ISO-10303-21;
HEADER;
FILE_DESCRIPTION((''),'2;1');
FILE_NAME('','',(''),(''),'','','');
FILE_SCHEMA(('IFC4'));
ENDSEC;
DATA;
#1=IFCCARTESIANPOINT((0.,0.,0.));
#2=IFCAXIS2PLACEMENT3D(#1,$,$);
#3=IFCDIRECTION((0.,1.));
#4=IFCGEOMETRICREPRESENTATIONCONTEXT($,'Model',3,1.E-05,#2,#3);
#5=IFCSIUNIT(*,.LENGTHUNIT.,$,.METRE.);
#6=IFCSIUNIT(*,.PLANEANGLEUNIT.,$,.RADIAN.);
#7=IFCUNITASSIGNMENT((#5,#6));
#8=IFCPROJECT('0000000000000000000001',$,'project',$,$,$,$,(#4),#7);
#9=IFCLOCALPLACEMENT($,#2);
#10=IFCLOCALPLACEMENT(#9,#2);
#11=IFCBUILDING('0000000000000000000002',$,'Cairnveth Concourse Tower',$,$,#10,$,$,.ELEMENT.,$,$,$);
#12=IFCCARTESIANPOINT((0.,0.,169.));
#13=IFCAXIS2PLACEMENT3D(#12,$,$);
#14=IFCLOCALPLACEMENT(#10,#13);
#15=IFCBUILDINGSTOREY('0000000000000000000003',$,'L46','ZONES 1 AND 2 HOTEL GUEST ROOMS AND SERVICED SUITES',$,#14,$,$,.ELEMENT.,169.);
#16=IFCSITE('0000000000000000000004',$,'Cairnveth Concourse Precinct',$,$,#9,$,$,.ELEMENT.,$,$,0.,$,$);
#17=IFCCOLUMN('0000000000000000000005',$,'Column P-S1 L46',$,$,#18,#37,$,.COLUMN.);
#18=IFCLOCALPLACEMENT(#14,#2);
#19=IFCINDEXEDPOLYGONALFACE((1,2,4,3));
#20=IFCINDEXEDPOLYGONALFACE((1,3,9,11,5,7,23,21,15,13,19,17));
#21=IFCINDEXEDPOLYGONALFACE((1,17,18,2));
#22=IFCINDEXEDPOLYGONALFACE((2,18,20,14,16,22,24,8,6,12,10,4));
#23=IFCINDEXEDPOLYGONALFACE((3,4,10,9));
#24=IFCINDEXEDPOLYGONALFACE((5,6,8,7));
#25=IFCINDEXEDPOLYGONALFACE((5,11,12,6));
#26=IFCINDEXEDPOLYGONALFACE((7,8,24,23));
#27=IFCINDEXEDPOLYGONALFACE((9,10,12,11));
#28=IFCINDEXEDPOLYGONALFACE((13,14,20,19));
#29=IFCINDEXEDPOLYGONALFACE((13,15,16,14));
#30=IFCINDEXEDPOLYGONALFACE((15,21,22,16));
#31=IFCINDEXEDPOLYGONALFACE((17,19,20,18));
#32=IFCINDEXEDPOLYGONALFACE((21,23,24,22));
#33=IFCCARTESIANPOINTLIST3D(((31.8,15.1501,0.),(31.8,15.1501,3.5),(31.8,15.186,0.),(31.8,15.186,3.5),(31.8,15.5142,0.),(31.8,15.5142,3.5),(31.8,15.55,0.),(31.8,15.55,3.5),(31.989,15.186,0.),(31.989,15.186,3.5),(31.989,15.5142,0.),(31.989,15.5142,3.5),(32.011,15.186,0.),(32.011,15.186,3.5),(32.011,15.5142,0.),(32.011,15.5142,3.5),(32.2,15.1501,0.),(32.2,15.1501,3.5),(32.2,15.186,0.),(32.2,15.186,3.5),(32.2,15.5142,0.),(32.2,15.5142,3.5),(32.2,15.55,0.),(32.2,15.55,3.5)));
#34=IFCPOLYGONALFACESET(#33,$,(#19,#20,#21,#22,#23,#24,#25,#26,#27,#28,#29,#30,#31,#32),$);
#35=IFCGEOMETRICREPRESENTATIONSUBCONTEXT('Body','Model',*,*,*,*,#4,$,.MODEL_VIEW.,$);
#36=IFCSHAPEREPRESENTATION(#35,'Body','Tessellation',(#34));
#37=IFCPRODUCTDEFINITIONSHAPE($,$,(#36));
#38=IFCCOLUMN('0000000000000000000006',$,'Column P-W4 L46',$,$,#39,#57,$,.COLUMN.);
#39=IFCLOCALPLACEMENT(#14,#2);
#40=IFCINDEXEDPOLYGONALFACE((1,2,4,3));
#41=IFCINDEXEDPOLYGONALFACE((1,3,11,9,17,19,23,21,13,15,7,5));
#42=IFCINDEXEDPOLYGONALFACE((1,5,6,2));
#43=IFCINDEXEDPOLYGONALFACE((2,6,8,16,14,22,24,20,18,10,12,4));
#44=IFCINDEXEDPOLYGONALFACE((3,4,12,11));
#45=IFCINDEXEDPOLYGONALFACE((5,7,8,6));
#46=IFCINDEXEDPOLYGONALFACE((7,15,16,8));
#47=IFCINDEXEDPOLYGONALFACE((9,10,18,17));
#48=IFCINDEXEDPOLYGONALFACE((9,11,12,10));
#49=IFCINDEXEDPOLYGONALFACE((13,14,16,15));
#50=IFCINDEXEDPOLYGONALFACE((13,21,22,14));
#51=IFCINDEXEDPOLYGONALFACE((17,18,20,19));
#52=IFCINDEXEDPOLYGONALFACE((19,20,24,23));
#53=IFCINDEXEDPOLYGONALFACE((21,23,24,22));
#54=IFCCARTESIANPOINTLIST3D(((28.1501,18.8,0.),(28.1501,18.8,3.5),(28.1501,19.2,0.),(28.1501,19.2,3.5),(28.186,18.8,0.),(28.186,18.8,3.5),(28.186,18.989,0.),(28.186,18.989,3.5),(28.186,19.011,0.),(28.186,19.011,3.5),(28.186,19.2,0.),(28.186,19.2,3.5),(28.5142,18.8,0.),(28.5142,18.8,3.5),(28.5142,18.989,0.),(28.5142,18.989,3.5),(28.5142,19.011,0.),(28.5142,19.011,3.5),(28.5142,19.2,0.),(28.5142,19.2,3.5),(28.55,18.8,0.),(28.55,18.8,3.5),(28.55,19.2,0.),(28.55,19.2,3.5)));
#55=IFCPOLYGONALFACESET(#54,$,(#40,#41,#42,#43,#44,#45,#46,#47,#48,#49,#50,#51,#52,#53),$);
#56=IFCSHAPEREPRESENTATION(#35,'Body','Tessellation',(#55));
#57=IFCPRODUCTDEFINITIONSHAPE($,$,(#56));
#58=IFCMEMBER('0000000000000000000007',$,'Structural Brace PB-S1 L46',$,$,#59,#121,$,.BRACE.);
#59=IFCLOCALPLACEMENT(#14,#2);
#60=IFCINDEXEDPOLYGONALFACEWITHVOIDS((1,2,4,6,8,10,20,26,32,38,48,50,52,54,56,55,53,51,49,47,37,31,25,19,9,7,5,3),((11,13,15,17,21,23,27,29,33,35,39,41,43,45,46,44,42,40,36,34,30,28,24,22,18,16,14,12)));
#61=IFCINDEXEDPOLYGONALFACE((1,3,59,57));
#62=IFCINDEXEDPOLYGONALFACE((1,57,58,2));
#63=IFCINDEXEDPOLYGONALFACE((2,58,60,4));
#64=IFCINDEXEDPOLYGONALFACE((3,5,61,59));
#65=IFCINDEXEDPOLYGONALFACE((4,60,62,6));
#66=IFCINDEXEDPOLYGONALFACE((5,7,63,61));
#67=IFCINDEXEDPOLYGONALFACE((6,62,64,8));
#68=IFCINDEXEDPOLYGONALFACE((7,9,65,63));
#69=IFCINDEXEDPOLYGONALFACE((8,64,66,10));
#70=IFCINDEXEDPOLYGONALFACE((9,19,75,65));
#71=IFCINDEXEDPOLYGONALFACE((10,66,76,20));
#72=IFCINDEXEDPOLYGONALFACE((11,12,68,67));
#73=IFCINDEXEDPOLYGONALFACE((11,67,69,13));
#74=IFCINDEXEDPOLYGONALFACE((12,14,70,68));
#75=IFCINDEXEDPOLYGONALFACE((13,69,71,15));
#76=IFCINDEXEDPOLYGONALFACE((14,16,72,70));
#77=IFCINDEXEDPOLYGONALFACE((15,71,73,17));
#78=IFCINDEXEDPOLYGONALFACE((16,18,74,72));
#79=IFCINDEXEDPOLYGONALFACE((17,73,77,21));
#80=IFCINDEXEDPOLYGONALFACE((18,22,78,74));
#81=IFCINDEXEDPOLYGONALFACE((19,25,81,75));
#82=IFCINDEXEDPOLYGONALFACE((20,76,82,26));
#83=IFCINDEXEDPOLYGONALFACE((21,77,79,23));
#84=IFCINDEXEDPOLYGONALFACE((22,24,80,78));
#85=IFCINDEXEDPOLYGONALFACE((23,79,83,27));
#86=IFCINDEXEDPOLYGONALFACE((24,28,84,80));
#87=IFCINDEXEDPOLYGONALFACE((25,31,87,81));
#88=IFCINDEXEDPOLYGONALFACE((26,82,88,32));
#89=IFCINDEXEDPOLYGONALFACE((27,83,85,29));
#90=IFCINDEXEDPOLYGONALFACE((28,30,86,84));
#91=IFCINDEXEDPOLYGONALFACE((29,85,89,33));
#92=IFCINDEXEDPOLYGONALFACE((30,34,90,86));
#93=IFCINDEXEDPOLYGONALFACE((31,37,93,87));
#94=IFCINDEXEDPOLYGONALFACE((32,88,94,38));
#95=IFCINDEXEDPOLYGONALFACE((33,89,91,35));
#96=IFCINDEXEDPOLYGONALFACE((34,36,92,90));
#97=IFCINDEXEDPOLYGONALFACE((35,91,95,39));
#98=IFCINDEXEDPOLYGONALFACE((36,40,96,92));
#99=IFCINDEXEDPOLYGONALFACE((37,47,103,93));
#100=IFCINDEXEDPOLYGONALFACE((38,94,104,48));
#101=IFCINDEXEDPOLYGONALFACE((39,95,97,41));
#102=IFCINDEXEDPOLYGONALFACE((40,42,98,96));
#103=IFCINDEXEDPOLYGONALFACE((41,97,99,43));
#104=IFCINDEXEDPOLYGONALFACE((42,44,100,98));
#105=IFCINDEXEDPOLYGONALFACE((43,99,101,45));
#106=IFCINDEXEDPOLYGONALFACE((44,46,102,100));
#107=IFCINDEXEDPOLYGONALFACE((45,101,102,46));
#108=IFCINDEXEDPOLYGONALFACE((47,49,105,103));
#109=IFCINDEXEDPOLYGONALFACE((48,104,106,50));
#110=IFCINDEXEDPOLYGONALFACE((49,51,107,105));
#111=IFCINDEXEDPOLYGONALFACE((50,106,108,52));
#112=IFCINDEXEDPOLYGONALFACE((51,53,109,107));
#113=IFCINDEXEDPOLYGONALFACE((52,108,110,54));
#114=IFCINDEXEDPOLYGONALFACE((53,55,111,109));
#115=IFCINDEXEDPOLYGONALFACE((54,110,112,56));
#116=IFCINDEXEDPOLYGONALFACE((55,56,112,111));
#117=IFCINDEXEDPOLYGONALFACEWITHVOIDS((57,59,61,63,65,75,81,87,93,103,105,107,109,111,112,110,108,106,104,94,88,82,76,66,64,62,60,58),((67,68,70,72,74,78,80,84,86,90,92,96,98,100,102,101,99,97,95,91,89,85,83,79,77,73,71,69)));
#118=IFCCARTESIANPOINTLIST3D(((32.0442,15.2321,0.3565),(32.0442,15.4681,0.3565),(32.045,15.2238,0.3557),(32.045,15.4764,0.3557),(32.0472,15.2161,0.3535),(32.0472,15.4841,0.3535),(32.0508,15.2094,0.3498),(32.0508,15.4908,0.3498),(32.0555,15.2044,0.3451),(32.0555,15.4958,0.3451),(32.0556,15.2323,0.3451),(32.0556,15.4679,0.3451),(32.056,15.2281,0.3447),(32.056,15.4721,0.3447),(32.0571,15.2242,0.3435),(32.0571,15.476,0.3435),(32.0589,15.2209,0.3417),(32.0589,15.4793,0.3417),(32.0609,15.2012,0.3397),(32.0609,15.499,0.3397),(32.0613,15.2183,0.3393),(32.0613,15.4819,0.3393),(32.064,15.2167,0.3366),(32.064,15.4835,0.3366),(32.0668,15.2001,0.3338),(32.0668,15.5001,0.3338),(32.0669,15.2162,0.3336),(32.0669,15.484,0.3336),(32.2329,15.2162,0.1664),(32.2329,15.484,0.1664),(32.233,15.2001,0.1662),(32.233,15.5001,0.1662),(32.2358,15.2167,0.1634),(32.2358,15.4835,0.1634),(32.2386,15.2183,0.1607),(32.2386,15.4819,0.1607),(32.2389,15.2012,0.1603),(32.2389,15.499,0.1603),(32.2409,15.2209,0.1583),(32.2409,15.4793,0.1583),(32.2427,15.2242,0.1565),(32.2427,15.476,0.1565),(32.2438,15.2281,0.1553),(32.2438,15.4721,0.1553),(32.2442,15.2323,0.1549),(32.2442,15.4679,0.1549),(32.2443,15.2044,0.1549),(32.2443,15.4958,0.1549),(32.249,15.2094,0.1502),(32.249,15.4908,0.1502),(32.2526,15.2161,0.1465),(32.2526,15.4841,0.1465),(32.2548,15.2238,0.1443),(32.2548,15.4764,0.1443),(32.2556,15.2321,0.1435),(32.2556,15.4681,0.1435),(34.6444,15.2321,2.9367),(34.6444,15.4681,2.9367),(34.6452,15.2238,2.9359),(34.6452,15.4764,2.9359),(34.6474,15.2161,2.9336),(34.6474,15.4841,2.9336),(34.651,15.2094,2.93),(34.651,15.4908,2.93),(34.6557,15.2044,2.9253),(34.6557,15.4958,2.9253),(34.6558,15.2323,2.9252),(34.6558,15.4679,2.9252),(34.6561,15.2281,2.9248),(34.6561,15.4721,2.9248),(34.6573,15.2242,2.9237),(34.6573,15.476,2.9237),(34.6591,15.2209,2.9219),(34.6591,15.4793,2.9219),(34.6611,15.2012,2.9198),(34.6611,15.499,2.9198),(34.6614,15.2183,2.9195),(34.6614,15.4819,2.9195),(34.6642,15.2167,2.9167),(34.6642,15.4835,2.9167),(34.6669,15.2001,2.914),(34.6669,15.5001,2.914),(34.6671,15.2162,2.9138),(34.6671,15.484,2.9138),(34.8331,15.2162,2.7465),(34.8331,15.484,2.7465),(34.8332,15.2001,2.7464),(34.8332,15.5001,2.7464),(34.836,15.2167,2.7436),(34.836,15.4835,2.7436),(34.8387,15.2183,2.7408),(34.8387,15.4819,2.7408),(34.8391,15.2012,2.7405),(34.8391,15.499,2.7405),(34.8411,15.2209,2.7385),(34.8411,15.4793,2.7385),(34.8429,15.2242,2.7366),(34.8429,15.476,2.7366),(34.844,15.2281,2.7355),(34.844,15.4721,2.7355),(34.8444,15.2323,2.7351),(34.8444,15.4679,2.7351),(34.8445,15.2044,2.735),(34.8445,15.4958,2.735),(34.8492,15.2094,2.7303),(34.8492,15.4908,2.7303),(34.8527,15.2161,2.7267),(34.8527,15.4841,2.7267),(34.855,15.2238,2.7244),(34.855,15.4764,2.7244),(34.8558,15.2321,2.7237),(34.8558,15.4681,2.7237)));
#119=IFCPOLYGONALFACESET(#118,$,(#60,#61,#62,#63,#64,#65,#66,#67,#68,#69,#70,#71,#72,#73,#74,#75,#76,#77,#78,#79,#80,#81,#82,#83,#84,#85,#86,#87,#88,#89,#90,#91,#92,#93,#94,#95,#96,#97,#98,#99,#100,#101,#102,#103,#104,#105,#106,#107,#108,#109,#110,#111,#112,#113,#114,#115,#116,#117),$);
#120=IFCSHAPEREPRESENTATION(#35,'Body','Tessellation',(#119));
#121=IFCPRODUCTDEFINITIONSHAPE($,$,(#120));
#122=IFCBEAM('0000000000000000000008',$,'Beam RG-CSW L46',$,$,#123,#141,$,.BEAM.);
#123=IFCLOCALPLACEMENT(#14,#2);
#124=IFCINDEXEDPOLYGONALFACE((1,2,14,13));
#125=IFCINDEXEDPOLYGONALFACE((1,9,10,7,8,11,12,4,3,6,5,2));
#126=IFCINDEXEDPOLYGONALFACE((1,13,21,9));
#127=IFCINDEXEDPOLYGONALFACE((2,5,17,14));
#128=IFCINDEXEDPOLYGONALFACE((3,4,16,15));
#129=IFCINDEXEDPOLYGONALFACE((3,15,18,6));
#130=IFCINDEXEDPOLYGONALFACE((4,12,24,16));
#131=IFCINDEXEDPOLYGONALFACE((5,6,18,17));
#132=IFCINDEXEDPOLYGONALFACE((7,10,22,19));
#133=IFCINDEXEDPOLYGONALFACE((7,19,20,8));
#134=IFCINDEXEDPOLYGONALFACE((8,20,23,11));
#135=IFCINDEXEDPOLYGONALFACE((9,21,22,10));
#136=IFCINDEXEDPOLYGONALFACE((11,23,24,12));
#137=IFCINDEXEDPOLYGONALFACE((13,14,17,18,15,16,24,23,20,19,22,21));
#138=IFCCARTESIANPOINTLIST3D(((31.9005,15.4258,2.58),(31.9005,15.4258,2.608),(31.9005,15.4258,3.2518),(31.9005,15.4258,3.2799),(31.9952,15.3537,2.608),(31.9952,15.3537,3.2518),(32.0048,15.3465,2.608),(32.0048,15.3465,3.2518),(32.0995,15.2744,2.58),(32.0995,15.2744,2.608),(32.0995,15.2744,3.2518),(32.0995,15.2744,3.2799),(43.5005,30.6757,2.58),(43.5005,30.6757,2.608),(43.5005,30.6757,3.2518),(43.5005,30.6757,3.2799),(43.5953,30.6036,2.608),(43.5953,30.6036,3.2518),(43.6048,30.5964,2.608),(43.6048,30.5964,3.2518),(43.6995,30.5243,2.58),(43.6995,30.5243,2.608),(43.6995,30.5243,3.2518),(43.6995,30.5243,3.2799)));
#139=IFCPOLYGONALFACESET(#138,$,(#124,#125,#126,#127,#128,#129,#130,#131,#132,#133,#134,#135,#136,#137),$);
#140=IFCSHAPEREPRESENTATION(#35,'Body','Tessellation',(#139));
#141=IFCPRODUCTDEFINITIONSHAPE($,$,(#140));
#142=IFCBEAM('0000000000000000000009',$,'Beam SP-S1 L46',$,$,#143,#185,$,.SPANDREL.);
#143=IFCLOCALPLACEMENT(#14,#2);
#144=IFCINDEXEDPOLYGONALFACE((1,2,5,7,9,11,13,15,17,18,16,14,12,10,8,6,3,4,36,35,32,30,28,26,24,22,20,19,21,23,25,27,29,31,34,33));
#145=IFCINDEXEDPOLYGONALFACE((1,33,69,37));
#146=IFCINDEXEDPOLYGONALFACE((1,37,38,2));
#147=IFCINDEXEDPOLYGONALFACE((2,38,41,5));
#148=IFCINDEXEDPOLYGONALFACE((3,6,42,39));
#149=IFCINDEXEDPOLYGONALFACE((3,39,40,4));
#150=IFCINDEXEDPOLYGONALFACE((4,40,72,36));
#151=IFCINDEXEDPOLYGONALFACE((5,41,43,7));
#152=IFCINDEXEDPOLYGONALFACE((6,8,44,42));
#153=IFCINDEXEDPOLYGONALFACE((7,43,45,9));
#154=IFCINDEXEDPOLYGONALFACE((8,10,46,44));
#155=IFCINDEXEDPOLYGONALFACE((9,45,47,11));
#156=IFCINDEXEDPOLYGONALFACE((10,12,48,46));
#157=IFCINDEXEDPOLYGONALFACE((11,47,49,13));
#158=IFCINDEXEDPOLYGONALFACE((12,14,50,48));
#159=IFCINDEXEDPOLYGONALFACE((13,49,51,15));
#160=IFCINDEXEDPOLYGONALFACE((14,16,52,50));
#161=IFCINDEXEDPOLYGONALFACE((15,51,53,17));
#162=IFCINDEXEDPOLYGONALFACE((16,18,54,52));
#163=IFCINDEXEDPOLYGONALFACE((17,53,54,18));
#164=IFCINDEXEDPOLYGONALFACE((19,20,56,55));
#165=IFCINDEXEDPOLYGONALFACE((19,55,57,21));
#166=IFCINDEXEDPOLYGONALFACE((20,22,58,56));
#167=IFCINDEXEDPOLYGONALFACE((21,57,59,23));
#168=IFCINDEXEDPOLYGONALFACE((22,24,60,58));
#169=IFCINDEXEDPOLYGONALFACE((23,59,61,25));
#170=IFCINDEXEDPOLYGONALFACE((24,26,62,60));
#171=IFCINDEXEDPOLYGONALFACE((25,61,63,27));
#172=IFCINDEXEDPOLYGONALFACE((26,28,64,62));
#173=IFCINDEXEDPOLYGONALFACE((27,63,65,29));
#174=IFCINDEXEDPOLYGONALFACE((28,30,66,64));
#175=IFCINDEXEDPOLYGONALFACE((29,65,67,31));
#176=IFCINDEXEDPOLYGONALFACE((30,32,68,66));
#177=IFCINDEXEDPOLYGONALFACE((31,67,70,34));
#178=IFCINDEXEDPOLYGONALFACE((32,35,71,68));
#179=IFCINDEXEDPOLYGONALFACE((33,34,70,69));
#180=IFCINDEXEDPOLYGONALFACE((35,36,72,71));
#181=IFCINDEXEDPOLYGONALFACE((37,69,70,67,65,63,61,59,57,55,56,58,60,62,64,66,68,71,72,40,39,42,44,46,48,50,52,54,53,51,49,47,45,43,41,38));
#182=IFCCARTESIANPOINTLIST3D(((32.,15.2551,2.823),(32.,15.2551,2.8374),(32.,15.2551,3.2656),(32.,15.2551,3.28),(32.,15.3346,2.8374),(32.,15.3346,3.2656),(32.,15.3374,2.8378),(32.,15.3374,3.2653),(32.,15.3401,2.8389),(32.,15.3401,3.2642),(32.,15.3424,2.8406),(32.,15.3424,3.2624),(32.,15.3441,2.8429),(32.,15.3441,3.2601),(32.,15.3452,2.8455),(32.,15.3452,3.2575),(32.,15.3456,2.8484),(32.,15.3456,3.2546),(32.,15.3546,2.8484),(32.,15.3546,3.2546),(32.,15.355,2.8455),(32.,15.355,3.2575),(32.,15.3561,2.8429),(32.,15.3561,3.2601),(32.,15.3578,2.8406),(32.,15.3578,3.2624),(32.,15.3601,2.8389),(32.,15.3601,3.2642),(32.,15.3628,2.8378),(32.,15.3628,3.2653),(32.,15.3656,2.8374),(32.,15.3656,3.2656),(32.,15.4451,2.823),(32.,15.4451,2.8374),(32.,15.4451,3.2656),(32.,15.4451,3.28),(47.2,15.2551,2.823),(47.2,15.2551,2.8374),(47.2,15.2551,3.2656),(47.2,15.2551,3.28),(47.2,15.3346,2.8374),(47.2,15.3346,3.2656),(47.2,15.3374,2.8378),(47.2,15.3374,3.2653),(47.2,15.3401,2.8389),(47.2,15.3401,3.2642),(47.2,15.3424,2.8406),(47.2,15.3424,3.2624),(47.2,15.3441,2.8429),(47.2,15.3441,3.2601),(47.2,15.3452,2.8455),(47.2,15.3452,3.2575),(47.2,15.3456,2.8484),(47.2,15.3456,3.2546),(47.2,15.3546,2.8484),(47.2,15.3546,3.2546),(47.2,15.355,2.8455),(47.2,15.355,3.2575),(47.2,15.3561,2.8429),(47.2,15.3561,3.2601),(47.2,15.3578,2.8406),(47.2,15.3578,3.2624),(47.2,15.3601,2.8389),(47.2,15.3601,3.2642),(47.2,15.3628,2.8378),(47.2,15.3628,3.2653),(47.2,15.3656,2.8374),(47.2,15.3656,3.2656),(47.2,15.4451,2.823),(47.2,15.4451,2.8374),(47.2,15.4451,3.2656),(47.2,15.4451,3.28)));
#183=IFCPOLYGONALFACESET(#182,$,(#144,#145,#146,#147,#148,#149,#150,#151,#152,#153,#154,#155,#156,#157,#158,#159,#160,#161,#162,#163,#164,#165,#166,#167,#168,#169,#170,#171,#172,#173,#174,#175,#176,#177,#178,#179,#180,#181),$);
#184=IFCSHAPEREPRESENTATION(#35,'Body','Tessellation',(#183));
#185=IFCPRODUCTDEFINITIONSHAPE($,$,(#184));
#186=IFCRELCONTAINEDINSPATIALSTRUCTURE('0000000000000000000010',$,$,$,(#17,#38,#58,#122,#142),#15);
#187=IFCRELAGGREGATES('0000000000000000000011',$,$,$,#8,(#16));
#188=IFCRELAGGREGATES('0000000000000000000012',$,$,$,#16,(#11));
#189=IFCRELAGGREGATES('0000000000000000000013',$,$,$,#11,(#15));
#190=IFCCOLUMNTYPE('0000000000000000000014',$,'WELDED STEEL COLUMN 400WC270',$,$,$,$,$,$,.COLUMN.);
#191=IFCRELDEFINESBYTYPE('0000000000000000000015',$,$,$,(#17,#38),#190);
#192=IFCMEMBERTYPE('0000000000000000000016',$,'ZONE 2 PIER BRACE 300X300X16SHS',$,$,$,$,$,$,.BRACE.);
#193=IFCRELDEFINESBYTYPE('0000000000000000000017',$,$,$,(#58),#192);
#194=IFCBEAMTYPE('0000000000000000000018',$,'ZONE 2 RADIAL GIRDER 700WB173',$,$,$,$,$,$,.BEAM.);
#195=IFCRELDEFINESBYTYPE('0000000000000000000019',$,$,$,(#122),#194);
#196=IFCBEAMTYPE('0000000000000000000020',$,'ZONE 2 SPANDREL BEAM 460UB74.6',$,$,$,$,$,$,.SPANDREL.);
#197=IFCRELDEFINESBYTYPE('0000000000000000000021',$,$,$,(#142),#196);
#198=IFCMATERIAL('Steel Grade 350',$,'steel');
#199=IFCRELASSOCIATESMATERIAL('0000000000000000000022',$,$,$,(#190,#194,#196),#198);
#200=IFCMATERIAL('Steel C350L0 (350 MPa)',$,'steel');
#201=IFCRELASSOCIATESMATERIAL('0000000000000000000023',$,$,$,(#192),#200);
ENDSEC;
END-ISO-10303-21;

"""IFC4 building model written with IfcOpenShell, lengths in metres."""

from ifc_helpers import new_model, si_unit, direction, frame, origin, origin_2d, place, context, subcontext, project, spatial, hollow_rectangle, i_section, extrude, material, material_profile, profile_set, type_object, element, save


model = new_model("IFC4")

# Units and contexts
model_context = context("Model", 3, precision=1e-05, world=origin(), true_north=direction((0.0, 1.0)))
body_context = subcontext(model_context, "Body", "Model", "MODEL_VIEW")
ifc_project = project(units=[si_unit("LENGTHUNIT", "METRE"), si_unit("PLANEANGLEUNIT", "RADIAN")], contexts=[model_context])

# Site, building, storey
site_placement = place(None, origin())
site = spatial("IfcSite", under=ifc_project, at=site_placement, Name="Cairnveth Concourse Precinct", CompositionType="ELEMENT", RefElevation=0.0)
building_placement = place(site_placement, origin())
building = spatial("IfcBuilding", under=site, at=building_placement, Name="Cairnveth Concourse Tower", CompositionType="ELEMENT")
storey_placement = place(building_placement, frame((0.0, 0.0, 169.0)))
storey = spatial("IfcBuildingStorey", under=building, at=storey_placement, Name="L46", Description="ZONES 1 AND 2 HOTEL GUEST ROOMS AND SERVICED SUITES", CompositionType="ELEMENT", Elevation=169.0)

# Columns
ifc_material_1 = material(Name="Steel Grade 350", Category="steel")
ifc_material_profile_1 = material_profile(ifc_material_1, i_section(OverallWidth=0.3999, OverallDepth=0.3999, WebThickness=0.022, FlangeThickness=0.0359, at=origin_2d()), Name="400WC270")
ifc_profile_set_1 = profile_set([ifc_material_profile_1], Name="Steel Grade 350")
column_type = type_object("IfcColumnType", Name="WELDED STEEL COLUMN 400WC270", PredefinedType="COLUMN", material=ifc_profile_set_1)
for number, where, z_axis, x_axis, name in (
    (1, (32.0, 15.3501, 0.0), (0.0, 0.0, 1.0), (1.0, 0.0, 0.0), "Column P-S1 L46"),
    (2, (28.3501, 19.0, 0.0), (0.0, 0.0, 1.0), (0.0, 1.0, 0.0), "Column P-W4 L46"),
):
    element("IfcColumn", number, at=place(storey_placement, frame(where, z_axis=z_axis, x_axis=x_axis)), inside=storey, type_object=column_type, Name=name, PredefinedType="COLUMN", context=body_context, shape_type="SweptSolid", body=[
        extrude(i_section(OverallWidth=0.3999, OverallDepth=0.3999, WebThickness=0.022, FlangeThickness=0.0359, at=origin_2d()), origin(), (0.0, 0.0, 1.0), 3.5),
    ])

# Member
ifc_material_2 = material(Name="Steel C350L0 (350 MPa)", Category="steel")
ifc_material_profile_2 = material_profile(ifc_material_2, hollow_rectangle(XDim=0.3, YDim=0.3, WallThickness=0.0161, InnerFilletRadius=0.0161, OuterFilletRadius=0.032, at=origin_2d()), Name="300x300x16.0SHS")
ifc_profile_set_2 = profile_set([ifc_material_profile_2], Name="Steel C350L0 (350 MPa)")
member_type = type_object("IfcMemberType", Name="ZONE 2 PIER BRACE 300X300X16SHS", PredefinedType="BRACE", material=ifc_profile_set_2)
member_placement = place(storey_placement, frame((32.1499, 15.3501, 0.25), z_axis=(0.709834, 0.0, 0.704369), x_axis=(0.0, 1.0, 0.0)))
element("IfcMember", 3, at=member_placement, inside=storey, type_object=member_type, Name="Structural Brace PB-S1 L46", PredefinedType="BRACE", context=body_context, shape_type="SweptSolid", body=[
    extrude(hollow_rectangle(XDim=0.3, YDim=0.3, WallThickness=0.0161, InnerFilletRadius=0.0161, OuterFilletRadius=0.032, at=origin_2d()), origin(), (0.0, 0.0, 1.0), 3.6631),
])

# Beams
ifc_material_profile_3 = material_profile(ifc_material_1, i_section(OverallWidth=0.25, OverallDepth=0.7, WebThickness=0.012, FlangeThickness=0.0281, at=origin_2d()), Name="700WB173")
ifc_profile_set_3 = profile_set([ifc_material_profile_3], Name="Steel Grade 350")
beam_type_1 = type_object("IfcBeamType", Name="ZONE 2 RADIAL GIRDER 700WB173", PredefinedType="BEAM", material=ifc_profile_set_3)
beam_1_placement = place(storey_placement, frame((32.0, 15.3501, 2.9299), z_axis=(0.605417, 0.795908, 0.0), x_axis=(-0.795908, 0.605417, 0.0)))
element("IfcBeam", 4, at=beam_1_placement, inside=storey, type_object=beam_type_1, Name="Beam RG-CSW L46", PredefinedType="BEAM", context=body_context, shape_type="SweptSolid", body=[
    extrude(i_section(OverallWidth=0.25, OverallDepth=0.7, WebThickness=0.012, FlangeThickness=0.0281, at=origin_2d()), origin(), (0.0, 0.0, 1.0), 19.1604),
])
ifc_material_profile_4 = material_profile(ifc_material_1, i_section(OverallWidth=0.1899, OverallDepth=0.457, WebThickness=0.009, FlangeThickness=0.0144, FilletRadius=0.011, at=origin_2d()), Name="460UB74.6")
ifc_profile_set_4 = profile_set([ifc_material_profile_4], Name="Steel Grade 350")
beam_type_2 = type_object("IfcBeamType", Name="ZONE 2 SPANDREL BEAM 460UB74.6", PredefinedType="SPANDREL", material=ifc_profile_set_4)
beam_2_placement = place(storey_placement, frame((32.0, 15.3501, 3.0515), z_axis=(1.0, 0.0, 0.0), x_axis=(0.0, 1.0, 0.0)))
element("IfcBeam", 5, at=beam_2_placement, inside=storey, type_object=beam_type_2, Name="Beam SP-S1 L46", PredefinedType="SPANDREL", context=body_context, shape_type="SweptSolid", body=[
    extrude(i_section(OverallWidth=0.1899, OverallDepth=0.457, WebThickness=0.009, FlangeThickness=0.0144, FilletRadius=0.011, at=origin_2d()), origin(), (0.0, 0.0, 1.0), 15.2),
])

save(model, "model.ifc")
